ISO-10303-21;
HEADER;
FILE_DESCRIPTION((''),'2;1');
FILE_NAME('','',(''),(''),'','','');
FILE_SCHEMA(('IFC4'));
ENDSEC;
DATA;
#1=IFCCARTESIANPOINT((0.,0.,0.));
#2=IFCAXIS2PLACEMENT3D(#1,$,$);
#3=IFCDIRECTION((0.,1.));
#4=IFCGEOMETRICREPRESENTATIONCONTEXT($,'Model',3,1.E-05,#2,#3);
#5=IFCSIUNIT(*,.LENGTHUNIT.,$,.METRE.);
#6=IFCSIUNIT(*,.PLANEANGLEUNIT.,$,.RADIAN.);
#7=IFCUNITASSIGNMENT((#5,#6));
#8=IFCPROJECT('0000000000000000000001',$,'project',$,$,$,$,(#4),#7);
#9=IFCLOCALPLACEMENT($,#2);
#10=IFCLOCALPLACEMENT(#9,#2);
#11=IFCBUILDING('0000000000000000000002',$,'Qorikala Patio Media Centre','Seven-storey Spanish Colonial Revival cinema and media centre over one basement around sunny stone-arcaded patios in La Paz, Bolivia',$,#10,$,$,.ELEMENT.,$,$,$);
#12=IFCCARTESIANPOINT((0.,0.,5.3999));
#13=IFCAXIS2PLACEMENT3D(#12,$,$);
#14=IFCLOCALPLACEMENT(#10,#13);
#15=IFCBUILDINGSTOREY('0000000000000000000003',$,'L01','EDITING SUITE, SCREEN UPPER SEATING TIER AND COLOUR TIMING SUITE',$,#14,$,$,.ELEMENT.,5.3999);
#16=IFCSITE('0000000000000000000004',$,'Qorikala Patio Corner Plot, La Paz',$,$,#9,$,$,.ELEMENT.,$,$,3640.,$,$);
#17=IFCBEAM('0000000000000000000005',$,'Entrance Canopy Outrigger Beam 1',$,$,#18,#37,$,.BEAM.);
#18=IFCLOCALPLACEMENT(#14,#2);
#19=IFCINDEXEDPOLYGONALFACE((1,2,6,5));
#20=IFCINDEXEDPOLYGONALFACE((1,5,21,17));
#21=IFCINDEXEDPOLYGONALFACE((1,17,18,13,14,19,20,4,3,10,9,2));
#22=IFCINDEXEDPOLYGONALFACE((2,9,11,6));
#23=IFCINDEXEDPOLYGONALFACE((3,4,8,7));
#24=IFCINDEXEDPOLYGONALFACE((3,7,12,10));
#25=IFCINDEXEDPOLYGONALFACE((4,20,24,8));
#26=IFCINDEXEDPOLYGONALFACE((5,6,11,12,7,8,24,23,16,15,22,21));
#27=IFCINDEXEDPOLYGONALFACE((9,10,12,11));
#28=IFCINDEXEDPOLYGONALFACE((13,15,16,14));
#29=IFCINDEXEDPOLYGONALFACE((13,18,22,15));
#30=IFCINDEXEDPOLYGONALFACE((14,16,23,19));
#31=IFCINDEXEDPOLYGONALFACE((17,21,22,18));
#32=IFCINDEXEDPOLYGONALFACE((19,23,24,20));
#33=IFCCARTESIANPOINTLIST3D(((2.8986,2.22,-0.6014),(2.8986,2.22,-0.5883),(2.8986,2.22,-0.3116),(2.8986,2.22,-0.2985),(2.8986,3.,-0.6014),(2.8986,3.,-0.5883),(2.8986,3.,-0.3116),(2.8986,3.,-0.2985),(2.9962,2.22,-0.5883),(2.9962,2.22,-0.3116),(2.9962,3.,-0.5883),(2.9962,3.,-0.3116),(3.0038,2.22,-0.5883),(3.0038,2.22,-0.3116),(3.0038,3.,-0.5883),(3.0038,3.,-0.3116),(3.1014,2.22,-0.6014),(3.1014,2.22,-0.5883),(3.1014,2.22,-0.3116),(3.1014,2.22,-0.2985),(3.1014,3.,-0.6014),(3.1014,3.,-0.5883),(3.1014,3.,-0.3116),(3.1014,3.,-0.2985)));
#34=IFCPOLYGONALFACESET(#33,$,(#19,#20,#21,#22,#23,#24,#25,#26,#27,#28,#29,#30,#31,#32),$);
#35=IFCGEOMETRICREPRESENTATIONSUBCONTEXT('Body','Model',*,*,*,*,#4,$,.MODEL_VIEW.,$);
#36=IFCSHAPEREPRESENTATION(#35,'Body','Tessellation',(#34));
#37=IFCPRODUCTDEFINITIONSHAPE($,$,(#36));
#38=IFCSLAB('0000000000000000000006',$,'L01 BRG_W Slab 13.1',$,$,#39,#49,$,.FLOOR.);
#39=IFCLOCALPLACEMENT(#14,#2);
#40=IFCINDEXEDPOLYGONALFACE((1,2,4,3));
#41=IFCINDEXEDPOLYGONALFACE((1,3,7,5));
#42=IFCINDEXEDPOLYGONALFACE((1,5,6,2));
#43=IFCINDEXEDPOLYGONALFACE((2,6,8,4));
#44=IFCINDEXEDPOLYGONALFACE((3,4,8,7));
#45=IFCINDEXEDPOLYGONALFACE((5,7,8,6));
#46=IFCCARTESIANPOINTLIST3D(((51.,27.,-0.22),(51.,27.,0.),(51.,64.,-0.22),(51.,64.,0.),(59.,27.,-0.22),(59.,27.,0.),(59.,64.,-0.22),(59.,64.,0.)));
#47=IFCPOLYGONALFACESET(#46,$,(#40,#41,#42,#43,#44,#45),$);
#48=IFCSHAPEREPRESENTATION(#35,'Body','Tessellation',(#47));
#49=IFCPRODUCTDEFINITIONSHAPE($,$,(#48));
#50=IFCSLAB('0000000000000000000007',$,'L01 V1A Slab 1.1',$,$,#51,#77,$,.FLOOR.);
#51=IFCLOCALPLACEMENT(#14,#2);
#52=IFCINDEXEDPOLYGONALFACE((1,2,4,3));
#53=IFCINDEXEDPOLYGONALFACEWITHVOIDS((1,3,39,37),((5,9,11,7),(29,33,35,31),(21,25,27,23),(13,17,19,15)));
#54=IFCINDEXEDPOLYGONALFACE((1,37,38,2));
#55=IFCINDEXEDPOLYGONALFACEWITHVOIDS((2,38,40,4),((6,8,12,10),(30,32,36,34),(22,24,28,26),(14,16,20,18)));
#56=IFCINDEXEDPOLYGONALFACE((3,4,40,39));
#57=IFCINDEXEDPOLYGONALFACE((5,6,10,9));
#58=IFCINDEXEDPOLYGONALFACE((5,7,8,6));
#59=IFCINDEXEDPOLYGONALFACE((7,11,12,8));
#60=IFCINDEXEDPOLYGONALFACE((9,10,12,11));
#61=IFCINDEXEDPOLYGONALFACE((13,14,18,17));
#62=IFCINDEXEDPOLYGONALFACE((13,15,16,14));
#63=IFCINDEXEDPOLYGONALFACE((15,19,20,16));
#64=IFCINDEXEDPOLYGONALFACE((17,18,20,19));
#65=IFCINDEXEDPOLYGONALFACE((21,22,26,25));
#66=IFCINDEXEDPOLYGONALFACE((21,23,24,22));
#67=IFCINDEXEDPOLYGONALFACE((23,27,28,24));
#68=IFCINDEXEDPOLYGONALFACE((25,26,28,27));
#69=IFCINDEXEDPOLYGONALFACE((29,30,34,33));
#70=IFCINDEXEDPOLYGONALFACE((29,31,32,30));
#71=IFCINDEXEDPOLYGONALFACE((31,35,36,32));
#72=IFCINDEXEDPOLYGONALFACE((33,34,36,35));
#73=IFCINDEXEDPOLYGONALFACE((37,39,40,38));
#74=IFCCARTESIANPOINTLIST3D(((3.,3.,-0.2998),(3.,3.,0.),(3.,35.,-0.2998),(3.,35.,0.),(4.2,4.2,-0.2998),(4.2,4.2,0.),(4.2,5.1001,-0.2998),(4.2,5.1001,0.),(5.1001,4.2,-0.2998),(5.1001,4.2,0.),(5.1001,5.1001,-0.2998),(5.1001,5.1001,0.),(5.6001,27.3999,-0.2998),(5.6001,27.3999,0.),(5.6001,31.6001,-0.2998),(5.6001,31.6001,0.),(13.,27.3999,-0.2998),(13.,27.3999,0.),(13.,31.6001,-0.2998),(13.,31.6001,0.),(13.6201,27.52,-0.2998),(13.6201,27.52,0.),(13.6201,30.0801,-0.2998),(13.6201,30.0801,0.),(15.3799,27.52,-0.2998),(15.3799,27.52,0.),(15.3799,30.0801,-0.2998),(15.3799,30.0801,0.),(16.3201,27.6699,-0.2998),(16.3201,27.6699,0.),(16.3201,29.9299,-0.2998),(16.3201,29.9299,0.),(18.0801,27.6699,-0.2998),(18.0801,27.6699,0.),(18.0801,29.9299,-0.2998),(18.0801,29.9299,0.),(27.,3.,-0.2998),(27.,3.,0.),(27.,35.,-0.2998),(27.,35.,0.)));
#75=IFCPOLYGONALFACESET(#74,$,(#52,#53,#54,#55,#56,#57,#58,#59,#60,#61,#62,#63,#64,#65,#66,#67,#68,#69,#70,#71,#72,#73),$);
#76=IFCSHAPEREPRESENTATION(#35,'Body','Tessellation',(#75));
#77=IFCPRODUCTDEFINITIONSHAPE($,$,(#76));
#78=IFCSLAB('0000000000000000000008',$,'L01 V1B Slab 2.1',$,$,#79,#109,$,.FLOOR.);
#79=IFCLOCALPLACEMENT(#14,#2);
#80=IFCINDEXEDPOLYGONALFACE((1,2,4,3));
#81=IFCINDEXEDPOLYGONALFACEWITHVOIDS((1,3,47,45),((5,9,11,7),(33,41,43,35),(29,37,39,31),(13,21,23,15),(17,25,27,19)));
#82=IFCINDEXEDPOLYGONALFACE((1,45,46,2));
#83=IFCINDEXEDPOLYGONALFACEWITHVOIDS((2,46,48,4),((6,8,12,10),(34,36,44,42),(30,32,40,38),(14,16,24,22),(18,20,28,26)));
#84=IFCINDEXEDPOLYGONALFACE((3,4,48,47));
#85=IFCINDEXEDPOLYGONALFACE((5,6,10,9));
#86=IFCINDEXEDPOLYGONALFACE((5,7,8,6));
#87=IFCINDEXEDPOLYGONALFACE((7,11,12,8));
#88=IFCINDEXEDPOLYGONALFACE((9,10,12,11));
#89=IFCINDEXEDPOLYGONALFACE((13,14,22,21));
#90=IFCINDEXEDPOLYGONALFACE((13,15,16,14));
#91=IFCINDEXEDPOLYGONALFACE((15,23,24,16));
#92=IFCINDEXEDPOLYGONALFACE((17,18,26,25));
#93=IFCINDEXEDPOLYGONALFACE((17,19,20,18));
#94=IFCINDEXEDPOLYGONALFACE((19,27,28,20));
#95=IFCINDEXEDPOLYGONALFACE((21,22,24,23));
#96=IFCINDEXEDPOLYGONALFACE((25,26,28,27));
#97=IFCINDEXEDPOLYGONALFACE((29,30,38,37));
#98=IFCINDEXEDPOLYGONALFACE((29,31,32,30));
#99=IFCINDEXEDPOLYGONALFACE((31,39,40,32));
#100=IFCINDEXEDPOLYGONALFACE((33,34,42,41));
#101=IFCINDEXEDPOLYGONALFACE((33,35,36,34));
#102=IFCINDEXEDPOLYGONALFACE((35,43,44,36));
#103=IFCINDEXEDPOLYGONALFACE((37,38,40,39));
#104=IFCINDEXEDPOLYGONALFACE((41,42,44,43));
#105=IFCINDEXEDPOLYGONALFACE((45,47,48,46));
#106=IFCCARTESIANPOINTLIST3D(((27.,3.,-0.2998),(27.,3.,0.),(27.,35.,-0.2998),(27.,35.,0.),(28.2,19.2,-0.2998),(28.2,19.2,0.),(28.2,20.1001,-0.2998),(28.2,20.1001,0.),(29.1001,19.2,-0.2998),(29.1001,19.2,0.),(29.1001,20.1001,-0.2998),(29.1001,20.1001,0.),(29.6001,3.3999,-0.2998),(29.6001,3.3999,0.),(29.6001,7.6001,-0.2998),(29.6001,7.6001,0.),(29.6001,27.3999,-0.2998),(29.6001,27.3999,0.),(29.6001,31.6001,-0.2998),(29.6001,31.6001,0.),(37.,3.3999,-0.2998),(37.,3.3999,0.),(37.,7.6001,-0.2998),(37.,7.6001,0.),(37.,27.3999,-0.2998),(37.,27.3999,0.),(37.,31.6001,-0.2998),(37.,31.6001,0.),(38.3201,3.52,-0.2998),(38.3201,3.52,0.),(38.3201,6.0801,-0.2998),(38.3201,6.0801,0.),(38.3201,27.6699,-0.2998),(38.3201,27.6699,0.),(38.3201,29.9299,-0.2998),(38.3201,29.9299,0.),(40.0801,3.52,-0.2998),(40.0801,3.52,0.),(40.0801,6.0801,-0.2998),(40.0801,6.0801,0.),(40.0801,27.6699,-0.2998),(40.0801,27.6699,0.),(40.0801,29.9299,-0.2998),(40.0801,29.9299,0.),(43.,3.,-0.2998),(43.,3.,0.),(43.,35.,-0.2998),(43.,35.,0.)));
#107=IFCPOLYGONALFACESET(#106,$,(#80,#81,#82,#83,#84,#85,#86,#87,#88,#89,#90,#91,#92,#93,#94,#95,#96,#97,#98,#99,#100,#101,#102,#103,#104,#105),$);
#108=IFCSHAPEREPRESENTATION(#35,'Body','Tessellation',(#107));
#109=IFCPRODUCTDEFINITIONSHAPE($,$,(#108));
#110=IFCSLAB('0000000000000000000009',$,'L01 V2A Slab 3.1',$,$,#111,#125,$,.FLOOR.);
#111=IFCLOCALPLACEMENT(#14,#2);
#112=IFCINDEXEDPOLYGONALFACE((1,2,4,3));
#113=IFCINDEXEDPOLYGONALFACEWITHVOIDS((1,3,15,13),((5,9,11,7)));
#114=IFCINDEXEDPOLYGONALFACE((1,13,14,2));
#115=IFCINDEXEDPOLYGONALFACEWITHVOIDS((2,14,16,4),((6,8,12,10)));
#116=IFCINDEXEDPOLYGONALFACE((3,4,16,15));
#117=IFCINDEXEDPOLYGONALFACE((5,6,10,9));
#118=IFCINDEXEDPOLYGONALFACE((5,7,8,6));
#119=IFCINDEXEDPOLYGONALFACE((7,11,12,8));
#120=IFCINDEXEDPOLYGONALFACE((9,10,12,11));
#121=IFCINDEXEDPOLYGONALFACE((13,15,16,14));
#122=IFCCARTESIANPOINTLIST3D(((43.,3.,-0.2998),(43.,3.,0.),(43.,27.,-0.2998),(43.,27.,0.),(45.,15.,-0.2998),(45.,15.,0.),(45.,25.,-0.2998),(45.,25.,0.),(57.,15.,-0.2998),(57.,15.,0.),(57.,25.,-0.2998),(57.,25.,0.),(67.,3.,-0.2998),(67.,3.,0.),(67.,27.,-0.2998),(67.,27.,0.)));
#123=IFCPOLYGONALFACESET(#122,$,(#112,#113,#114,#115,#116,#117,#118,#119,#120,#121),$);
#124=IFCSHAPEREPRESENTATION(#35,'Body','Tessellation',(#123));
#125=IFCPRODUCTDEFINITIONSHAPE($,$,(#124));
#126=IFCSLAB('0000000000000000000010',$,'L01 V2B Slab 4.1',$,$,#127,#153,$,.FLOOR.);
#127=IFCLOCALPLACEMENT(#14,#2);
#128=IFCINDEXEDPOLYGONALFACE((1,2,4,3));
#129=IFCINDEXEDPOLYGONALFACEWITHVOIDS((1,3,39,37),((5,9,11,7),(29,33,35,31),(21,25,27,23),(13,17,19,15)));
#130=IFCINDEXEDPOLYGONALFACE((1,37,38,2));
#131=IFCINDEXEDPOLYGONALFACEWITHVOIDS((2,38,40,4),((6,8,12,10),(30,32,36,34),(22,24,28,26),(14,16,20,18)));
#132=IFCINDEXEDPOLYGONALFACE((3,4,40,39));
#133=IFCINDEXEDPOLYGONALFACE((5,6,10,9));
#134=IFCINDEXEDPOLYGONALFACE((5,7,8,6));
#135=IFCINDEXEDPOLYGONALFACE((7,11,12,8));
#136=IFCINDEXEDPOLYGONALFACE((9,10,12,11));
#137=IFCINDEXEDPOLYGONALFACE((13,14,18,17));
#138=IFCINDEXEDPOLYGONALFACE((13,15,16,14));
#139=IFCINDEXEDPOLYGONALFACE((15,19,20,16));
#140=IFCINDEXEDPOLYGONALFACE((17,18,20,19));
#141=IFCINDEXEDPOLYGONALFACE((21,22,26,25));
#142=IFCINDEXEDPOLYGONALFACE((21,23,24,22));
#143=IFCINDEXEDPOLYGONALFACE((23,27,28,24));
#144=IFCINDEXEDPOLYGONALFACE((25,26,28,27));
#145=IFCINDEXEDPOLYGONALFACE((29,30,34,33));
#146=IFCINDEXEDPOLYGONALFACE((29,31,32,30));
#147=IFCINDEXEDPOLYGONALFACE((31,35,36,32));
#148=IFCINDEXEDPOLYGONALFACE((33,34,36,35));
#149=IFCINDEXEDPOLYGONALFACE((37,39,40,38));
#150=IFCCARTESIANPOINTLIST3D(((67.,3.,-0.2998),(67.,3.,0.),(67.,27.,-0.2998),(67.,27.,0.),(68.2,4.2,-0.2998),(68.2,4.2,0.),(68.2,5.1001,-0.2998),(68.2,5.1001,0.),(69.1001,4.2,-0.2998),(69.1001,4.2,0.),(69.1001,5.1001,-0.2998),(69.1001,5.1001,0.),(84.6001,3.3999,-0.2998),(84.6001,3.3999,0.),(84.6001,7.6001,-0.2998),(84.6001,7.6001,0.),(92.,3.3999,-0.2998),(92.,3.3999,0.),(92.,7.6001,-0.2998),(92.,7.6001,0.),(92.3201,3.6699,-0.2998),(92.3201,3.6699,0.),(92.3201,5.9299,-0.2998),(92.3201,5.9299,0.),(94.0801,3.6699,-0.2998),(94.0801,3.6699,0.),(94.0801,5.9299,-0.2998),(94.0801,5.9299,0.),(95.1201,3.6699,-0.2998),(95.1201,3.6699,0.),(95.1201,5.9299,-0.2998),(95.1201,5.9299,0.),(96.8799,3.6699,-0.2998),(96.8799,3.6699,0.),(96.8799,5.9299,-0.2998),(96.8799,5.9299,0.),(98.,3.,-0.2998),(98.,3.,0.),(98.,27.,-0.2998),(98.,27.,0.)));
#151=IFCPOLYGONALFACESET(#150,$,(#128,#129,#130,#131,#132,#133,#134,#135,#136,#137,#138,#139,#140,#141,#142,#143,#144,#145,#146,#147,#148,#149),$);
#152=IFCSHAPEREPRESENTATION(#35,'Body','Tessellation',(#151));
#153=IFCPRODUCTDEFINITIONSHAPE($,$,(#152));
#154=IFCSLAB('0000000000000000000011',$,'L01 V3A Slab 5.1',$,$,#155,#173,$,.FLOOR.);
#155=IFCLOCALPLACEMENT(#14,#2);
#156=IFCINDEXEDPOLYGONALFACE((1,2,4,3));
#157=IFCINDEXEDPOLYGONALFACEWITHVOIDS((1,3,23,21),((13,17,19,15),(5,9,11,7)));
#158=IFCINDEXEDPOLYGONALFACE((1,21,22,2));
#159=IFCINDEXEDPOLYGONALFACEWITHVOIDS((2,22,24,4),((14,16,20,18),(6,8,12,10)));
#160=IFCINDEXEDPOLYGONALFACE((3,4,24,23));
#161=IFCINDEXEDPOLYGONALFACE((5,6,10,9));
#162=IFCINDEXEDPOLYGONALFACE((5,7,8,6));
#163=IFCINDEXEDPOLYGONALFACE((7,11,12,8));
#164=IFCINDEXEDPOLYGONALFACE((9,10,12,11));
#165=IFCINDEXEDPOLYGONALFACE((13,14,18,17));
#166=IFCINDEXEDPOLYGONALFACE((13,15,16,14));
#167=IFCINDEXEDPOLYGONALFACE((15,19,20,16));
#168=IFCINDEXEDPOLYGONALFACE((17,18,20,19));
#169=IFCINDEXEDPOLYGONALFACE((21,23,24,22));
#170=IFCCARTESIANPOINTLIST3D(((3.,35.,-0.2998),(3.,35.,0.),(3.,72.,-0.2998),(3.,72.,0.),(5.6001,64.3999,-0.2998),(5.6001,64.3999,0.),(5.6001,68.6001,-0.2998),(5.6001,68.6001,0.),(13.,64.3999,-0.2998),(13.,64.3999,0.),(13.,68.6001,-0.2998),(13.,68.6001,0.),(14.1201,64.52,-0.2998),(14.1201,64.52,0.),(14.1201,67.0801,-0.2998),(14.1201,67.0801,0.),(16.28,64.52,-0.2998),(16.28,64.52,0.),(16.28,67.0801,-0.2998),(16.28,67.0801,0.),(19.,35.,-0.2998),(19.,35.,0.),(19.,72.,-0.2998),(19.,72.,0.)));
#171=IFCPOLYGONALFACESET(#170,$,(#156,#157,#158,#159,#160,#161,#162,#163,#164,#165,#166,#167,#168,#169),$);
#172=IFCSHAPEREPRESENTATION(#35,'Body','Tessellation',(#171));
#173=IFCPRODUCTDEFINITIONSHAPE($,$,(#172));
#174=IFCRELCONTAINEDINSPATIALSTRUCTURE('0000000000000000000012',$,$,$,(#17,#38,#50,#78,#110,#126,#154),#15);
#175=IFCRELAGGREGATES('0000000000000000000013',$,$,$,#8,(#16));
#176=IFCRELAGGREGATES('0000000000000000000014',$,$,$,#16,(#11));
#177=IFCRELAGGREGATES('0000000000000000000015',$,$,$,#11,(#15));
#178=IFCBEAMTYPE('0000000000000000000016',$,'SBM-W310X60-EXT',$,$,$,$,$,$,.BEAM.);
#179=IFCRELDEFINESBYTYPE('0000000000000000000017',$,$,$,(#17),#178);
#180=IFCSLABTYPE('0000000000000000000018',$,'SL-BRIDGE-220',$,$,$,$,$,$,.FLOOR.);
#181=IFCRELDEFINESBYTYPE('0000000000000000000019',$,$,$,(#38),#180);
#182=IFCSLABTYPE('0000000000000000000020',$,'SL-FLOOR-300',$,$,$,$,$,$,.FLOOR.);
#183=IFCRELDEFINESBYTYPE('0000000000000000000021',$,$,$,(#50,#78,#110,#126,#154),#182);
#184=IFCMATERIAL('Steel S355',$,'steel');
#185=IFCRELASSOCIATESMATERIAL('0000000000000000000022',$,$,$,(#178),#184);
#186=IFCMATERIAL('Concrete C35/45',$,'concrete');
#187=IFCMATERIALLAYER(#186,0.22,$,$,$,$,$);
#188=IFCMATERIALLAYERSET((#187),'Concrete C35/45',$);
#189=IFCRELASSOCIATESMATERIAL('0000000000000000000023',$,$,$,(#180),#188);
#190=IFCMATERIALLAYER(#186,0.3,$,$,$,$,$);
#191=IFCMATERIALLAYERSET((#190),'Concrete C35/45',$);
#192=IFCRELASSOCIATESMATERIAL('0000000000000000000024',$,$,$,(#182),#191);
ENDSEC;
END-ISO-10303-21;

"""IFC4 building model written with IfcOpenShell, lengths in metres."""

from ifc_helpers import new_model, si_unit, direction, frame, origin, origin_2d, place, context, subcontext, project, spatial, polyline, i_section, outline, extrude, material, layer, layer_set, material_profile, profile_set, type_object, element, save


model = new_model("IFC4")

# Units and contexts
model_context = context("Model", 3, precision=1e-05, world=origin(), true_north=direction((0.0, 1.0)))
body_context = subcontext(model_context, "Body", "Model", "MODEL_VIEW")
ifc_project = project(units=[si_unit("LENGTHUNIT", "METRE"), si_unit("PLANEANGLEUNIT", "RADIAN")], contexts=[model_context])

# Site, building, storey
site_placement = place(None, origin())
site = spatial("IfcSite", under=ifc_project, at=site_placement, Name="Qorikala Patio Corner Plot, La Paz", CompositionType="ELEMENT", RefElevation=3640.0)
building_placement = place(site_placement, origin())
building = spatial("IfcBuilding", under=site, at=building_placement, Name="Qorikala Patio Media Centre", Description="Seven-storey Spanish Colonial Revival cinema and media centre over one basement around sunny stone-arcaded patios in La Paz, Bolivia", CompositionType="ELEMENT")
storey_placement = place(building_placement, frame((0.0, 0.0, 5.3999)))
storey = spatial("IfcBuildingStorey", under=building, at=storey_placement, Name="L01", Description="EDITING SUITE, SCREEN UPPER SEATING TIER AND COLOUR TIMING SUITE", CompositionType="ELEMENT", Elevation=5.3999)

# Beam
ifc_material_1 = material(Name="Steel S355", Category="steel")
ifc_material_profile = material_profile(ifc_material_1, i_section(OverallWidth=0.2029, OverallDepth=0.303, WebThickness=0.0076, FlangeThickness=0.0132, at=origin_2d()), Name="W310X60")
ifc_profile_set = profile_set([ifc_material_profile], Name="Steel S355")
beam_type = type_object("IfcBeamType", Name="SBM-W310X60-EXT", PredefinedType="BEAM", material=ifc_profile_set)
beam_placement = place(storey_placement, frame((3.0, 2.22, -0.45), z_axis=(0.0, 1.0, 0.0), x_axis=(-1.0, 0.0, 0.0)))
element("IfcBeam", 1, at=beam_placement, inside=storey, type_object=beam_type, Name="Entrance Canopy Outrigger Beam 1", PredefinedType="BEAM", context=body_context, shape_type="SweptSolid", body=[
    extrude(i_section(OverallWidth=0.2029, OverallDepth=0.303, WebThickness=0.0076, FlangeThickness=0.0132, at=origin_2d()), origin(), (0.0, 0.0, 1.0), 0.78),
])

# Slabs
ifc_material_2 = material(Name="Concrete C35/45", Category="concrete")
ifc_layer_1 = layer(ifc_material_2, 0.22)
ifc_layer_set_1 = layer_set([ifc_layer_1], Name="Concrete C35/45")
slab_type_1 = type_object("IfcSlabType", Name="SL-BRIDGE-220", PredefinedType="FLOOR", material=ifc_layer_set_1)
slab_1_placement = place(storey_placement, frame((0.0, 0.0, -0.22)))
element("IfcSlab", 2, at=slab_1_placement, inside=storey, type_object=slab_type_1, Name="L01 BRG_W Slab 13.1", PredefinedType="FLOOR", context=body_context, shape_type="SweptSolid", body=[
    extrude(outline(polyline([(51.0, 27.0), (51.0, 64.0), (59.0, 64.0), (59.0, 27.0), (51.0, 27.0)])), origin(), (0.0, 0.0, 1.0), 0.22),
])
ifc_layer_2 = layer(ifc_material_2, 0.3)
ifc_layer_set_2 = layer_set([ifc_layer_2], Name="Concrete C35/45")
slab_type_2 = type_object("IfcSlabType", Name="SL-FLOOR-300", PredefinedType="FLOOR", material=ifc_layer_set_2)
slab_2_placement = place(storey_placement, frame((0.0, 0.0, -0.2998)))
element("IfcSlab", 3, at=slab_2_placement, inside=storey, type_object=slab_type_2, Name="L01 V1A Slab 1.1", PredefinedType="FLOOR", context=body_context, shape_type="SweptSolid", body=[
    extrude(outline(polyline([(3.0, 35.0), (27.0, 35.0), (27.0, 3.0), (3.0, 3.0), (3.0, 35.0)]), holes=[polyline([(5.1001, 4.2), (5.1001, 5.1001), (4.2, 5.1001), (4.2, 4.2), (5.1001, 4.2)]), polyline([(15.3799, 27.52), (15.3799, 30.0801), (13.6201, 30.0801), (13.6201, 27.52), (15.3799, 27.52)]), polyline([(16.3201, 27.6699), (18.0801, 27.6699), (18.0801, 29.9299), (16.3201, 29.9299), (16.3201, 27.6699)]), polyline([(13.0, 27.3999), (13.0, 31.6001), (5.6001, 31.6001), (5.6001, 27.3999), (13.0, 27.3999)])]), origin(), (0.0, 0.0, 1.0), 0.2998),
])
slab_3_placement = place(storey_placement, frame((0.0, 0.0, -0.2998)))
element("IfcSlab", 4, at=slab_3_placement, inside=storey, type_object=slab_type_2, Name="L01 V1B Slab 2.1", PredefinedType="FLOOR", context=body_context, shape_type="SweptSolid", body=[
    extrude(outline(polyline([(43.0, 3.0), (27.0, 3.0), (27.0, 35.0), (43.0, 35.0), (43.0, 3.0)]), holes=[polyline([(29.6001, 3.3999), (37.0, 3.3999), (37.0, 7.6001), (29.6001, 7.6001), (29.6001, 3.3999)]), polyline([(28.2, 19.2), (29.1001, 19.2), (29.1001, 20.1001), (28.2, 20.1001), (28.2, 19.2)]), polyline([(38.3201, 27.6699), (40.0801, 27.6699), (40.0801, 29.9299), (38.3201, 29.9299), (38.3201, 27.6699)]), polyline([(29.6001, 27.3999), (37.0, 27.3999), (37.0, 31.6001), (29.6001, 31.6001), (29.6001, 27.3999)]), polyline([(38.3201, 3.52), (40.0801, 3.52), (40.0801, 6.0801), (38.3201, 6.0801), (38.3201, 3.52)])]), origin(), (0.0, 0.0, 1.0), 0.2998),
])
slab_4_placement = place(storey_placement, frame((0.0, 0.0, -0.2998)))
element("IfcSlab", 5, at=slab_4_placement, inside=storey, type_object=slab_type_2, Name="L01 V2A Slab 3.1", PredefinedType="FLOOR", context=body_context, shape_type="SweptSolid", body=[
    extrude(outline(polyline([(67.0, 3.0), (43.0, 3.0), (43.0, 27.0), (67.0, 27.0), (67.0, 3.0)]), holes=[polyline([(57.0, 15.0), (57.0, 25.0), (45.0, 25.0), (45.0, 15.0), (57.0, 15.0)])]), origin(), (0.0, 0.0, 1.0), 0.2998),
])
slab_5_placement = place(storey_placement, frame((0.0, 0.0, -0.2998)))
element("IfcSlab", 6, at=slab_5_placement, inside=storey, type_object=slab_type_2, Name="L01 V2B Slab 4.1", PredefinedType="FLOOR", context=body_context, shape_type="SweptSolid", body=[
    extrude(outline(polyline([(98.0, 3.0), (67.0, 3.0), (67.0, 27.0), (98.0, 27.0), (98.0, 3.0)]), holes=[polyline([(68.2, 4.2), (69.1001, 4.2), (69.1001, 5.1001), (68.2, 5.1001), (68.2, 4.2)]), polyline([(92.3201, 3.6699), (94.0801, 3.6699), (94.0801, 5.9299), (92.3201, 5.9299), (92.3201, 3.6699)]), polyline([(96.8799, 3.6699), (96.8799, 5.9299), (95.1201, 5.9299), (95.1201, 3.6699), (96.8799, 3.6699)]), polyline([(84.6001, 3.3999), (92.0, 3.3999), (92.0, 7.6001), (84.6001, 7.6001), (84.6001, 3.3999)])]), origin(), (0.0, 0.0, 1.0), 0.2998),
])
slab_6_placement = place(storey_placement, frame((0.0, 0.0, -0.2998)))
element("IfcSlab", 7, at=slab_6_placement, inside=storey, type_object=slab_type_2, Name="L01 V3A Slab 5.1", PredefinedType="FLOOR", context=body_context, shape_type="SweptSolid", body=[
    extrude(outline(polyline([(19.0, 72.0), (19.0, 35.0), (3.0, 35.0), (3.0, 72.0), (19.0, 72.0)]), holes=[polyline([(14.1201, 64.52), (16.28, 64.52), (16.28, 67.0801), (14.1201, 67.0801), (14.1201, 64.52)]), polyline([(5.6001, 64.3999), (13.0, 64.3999), (13.0, 68.6001), (5.6001, 68.6001), (5.6001, 64.3999)])]), origin(), (0.0, 0.0, 1.0), 0.2998),
])

save(model, "model.ifc")
